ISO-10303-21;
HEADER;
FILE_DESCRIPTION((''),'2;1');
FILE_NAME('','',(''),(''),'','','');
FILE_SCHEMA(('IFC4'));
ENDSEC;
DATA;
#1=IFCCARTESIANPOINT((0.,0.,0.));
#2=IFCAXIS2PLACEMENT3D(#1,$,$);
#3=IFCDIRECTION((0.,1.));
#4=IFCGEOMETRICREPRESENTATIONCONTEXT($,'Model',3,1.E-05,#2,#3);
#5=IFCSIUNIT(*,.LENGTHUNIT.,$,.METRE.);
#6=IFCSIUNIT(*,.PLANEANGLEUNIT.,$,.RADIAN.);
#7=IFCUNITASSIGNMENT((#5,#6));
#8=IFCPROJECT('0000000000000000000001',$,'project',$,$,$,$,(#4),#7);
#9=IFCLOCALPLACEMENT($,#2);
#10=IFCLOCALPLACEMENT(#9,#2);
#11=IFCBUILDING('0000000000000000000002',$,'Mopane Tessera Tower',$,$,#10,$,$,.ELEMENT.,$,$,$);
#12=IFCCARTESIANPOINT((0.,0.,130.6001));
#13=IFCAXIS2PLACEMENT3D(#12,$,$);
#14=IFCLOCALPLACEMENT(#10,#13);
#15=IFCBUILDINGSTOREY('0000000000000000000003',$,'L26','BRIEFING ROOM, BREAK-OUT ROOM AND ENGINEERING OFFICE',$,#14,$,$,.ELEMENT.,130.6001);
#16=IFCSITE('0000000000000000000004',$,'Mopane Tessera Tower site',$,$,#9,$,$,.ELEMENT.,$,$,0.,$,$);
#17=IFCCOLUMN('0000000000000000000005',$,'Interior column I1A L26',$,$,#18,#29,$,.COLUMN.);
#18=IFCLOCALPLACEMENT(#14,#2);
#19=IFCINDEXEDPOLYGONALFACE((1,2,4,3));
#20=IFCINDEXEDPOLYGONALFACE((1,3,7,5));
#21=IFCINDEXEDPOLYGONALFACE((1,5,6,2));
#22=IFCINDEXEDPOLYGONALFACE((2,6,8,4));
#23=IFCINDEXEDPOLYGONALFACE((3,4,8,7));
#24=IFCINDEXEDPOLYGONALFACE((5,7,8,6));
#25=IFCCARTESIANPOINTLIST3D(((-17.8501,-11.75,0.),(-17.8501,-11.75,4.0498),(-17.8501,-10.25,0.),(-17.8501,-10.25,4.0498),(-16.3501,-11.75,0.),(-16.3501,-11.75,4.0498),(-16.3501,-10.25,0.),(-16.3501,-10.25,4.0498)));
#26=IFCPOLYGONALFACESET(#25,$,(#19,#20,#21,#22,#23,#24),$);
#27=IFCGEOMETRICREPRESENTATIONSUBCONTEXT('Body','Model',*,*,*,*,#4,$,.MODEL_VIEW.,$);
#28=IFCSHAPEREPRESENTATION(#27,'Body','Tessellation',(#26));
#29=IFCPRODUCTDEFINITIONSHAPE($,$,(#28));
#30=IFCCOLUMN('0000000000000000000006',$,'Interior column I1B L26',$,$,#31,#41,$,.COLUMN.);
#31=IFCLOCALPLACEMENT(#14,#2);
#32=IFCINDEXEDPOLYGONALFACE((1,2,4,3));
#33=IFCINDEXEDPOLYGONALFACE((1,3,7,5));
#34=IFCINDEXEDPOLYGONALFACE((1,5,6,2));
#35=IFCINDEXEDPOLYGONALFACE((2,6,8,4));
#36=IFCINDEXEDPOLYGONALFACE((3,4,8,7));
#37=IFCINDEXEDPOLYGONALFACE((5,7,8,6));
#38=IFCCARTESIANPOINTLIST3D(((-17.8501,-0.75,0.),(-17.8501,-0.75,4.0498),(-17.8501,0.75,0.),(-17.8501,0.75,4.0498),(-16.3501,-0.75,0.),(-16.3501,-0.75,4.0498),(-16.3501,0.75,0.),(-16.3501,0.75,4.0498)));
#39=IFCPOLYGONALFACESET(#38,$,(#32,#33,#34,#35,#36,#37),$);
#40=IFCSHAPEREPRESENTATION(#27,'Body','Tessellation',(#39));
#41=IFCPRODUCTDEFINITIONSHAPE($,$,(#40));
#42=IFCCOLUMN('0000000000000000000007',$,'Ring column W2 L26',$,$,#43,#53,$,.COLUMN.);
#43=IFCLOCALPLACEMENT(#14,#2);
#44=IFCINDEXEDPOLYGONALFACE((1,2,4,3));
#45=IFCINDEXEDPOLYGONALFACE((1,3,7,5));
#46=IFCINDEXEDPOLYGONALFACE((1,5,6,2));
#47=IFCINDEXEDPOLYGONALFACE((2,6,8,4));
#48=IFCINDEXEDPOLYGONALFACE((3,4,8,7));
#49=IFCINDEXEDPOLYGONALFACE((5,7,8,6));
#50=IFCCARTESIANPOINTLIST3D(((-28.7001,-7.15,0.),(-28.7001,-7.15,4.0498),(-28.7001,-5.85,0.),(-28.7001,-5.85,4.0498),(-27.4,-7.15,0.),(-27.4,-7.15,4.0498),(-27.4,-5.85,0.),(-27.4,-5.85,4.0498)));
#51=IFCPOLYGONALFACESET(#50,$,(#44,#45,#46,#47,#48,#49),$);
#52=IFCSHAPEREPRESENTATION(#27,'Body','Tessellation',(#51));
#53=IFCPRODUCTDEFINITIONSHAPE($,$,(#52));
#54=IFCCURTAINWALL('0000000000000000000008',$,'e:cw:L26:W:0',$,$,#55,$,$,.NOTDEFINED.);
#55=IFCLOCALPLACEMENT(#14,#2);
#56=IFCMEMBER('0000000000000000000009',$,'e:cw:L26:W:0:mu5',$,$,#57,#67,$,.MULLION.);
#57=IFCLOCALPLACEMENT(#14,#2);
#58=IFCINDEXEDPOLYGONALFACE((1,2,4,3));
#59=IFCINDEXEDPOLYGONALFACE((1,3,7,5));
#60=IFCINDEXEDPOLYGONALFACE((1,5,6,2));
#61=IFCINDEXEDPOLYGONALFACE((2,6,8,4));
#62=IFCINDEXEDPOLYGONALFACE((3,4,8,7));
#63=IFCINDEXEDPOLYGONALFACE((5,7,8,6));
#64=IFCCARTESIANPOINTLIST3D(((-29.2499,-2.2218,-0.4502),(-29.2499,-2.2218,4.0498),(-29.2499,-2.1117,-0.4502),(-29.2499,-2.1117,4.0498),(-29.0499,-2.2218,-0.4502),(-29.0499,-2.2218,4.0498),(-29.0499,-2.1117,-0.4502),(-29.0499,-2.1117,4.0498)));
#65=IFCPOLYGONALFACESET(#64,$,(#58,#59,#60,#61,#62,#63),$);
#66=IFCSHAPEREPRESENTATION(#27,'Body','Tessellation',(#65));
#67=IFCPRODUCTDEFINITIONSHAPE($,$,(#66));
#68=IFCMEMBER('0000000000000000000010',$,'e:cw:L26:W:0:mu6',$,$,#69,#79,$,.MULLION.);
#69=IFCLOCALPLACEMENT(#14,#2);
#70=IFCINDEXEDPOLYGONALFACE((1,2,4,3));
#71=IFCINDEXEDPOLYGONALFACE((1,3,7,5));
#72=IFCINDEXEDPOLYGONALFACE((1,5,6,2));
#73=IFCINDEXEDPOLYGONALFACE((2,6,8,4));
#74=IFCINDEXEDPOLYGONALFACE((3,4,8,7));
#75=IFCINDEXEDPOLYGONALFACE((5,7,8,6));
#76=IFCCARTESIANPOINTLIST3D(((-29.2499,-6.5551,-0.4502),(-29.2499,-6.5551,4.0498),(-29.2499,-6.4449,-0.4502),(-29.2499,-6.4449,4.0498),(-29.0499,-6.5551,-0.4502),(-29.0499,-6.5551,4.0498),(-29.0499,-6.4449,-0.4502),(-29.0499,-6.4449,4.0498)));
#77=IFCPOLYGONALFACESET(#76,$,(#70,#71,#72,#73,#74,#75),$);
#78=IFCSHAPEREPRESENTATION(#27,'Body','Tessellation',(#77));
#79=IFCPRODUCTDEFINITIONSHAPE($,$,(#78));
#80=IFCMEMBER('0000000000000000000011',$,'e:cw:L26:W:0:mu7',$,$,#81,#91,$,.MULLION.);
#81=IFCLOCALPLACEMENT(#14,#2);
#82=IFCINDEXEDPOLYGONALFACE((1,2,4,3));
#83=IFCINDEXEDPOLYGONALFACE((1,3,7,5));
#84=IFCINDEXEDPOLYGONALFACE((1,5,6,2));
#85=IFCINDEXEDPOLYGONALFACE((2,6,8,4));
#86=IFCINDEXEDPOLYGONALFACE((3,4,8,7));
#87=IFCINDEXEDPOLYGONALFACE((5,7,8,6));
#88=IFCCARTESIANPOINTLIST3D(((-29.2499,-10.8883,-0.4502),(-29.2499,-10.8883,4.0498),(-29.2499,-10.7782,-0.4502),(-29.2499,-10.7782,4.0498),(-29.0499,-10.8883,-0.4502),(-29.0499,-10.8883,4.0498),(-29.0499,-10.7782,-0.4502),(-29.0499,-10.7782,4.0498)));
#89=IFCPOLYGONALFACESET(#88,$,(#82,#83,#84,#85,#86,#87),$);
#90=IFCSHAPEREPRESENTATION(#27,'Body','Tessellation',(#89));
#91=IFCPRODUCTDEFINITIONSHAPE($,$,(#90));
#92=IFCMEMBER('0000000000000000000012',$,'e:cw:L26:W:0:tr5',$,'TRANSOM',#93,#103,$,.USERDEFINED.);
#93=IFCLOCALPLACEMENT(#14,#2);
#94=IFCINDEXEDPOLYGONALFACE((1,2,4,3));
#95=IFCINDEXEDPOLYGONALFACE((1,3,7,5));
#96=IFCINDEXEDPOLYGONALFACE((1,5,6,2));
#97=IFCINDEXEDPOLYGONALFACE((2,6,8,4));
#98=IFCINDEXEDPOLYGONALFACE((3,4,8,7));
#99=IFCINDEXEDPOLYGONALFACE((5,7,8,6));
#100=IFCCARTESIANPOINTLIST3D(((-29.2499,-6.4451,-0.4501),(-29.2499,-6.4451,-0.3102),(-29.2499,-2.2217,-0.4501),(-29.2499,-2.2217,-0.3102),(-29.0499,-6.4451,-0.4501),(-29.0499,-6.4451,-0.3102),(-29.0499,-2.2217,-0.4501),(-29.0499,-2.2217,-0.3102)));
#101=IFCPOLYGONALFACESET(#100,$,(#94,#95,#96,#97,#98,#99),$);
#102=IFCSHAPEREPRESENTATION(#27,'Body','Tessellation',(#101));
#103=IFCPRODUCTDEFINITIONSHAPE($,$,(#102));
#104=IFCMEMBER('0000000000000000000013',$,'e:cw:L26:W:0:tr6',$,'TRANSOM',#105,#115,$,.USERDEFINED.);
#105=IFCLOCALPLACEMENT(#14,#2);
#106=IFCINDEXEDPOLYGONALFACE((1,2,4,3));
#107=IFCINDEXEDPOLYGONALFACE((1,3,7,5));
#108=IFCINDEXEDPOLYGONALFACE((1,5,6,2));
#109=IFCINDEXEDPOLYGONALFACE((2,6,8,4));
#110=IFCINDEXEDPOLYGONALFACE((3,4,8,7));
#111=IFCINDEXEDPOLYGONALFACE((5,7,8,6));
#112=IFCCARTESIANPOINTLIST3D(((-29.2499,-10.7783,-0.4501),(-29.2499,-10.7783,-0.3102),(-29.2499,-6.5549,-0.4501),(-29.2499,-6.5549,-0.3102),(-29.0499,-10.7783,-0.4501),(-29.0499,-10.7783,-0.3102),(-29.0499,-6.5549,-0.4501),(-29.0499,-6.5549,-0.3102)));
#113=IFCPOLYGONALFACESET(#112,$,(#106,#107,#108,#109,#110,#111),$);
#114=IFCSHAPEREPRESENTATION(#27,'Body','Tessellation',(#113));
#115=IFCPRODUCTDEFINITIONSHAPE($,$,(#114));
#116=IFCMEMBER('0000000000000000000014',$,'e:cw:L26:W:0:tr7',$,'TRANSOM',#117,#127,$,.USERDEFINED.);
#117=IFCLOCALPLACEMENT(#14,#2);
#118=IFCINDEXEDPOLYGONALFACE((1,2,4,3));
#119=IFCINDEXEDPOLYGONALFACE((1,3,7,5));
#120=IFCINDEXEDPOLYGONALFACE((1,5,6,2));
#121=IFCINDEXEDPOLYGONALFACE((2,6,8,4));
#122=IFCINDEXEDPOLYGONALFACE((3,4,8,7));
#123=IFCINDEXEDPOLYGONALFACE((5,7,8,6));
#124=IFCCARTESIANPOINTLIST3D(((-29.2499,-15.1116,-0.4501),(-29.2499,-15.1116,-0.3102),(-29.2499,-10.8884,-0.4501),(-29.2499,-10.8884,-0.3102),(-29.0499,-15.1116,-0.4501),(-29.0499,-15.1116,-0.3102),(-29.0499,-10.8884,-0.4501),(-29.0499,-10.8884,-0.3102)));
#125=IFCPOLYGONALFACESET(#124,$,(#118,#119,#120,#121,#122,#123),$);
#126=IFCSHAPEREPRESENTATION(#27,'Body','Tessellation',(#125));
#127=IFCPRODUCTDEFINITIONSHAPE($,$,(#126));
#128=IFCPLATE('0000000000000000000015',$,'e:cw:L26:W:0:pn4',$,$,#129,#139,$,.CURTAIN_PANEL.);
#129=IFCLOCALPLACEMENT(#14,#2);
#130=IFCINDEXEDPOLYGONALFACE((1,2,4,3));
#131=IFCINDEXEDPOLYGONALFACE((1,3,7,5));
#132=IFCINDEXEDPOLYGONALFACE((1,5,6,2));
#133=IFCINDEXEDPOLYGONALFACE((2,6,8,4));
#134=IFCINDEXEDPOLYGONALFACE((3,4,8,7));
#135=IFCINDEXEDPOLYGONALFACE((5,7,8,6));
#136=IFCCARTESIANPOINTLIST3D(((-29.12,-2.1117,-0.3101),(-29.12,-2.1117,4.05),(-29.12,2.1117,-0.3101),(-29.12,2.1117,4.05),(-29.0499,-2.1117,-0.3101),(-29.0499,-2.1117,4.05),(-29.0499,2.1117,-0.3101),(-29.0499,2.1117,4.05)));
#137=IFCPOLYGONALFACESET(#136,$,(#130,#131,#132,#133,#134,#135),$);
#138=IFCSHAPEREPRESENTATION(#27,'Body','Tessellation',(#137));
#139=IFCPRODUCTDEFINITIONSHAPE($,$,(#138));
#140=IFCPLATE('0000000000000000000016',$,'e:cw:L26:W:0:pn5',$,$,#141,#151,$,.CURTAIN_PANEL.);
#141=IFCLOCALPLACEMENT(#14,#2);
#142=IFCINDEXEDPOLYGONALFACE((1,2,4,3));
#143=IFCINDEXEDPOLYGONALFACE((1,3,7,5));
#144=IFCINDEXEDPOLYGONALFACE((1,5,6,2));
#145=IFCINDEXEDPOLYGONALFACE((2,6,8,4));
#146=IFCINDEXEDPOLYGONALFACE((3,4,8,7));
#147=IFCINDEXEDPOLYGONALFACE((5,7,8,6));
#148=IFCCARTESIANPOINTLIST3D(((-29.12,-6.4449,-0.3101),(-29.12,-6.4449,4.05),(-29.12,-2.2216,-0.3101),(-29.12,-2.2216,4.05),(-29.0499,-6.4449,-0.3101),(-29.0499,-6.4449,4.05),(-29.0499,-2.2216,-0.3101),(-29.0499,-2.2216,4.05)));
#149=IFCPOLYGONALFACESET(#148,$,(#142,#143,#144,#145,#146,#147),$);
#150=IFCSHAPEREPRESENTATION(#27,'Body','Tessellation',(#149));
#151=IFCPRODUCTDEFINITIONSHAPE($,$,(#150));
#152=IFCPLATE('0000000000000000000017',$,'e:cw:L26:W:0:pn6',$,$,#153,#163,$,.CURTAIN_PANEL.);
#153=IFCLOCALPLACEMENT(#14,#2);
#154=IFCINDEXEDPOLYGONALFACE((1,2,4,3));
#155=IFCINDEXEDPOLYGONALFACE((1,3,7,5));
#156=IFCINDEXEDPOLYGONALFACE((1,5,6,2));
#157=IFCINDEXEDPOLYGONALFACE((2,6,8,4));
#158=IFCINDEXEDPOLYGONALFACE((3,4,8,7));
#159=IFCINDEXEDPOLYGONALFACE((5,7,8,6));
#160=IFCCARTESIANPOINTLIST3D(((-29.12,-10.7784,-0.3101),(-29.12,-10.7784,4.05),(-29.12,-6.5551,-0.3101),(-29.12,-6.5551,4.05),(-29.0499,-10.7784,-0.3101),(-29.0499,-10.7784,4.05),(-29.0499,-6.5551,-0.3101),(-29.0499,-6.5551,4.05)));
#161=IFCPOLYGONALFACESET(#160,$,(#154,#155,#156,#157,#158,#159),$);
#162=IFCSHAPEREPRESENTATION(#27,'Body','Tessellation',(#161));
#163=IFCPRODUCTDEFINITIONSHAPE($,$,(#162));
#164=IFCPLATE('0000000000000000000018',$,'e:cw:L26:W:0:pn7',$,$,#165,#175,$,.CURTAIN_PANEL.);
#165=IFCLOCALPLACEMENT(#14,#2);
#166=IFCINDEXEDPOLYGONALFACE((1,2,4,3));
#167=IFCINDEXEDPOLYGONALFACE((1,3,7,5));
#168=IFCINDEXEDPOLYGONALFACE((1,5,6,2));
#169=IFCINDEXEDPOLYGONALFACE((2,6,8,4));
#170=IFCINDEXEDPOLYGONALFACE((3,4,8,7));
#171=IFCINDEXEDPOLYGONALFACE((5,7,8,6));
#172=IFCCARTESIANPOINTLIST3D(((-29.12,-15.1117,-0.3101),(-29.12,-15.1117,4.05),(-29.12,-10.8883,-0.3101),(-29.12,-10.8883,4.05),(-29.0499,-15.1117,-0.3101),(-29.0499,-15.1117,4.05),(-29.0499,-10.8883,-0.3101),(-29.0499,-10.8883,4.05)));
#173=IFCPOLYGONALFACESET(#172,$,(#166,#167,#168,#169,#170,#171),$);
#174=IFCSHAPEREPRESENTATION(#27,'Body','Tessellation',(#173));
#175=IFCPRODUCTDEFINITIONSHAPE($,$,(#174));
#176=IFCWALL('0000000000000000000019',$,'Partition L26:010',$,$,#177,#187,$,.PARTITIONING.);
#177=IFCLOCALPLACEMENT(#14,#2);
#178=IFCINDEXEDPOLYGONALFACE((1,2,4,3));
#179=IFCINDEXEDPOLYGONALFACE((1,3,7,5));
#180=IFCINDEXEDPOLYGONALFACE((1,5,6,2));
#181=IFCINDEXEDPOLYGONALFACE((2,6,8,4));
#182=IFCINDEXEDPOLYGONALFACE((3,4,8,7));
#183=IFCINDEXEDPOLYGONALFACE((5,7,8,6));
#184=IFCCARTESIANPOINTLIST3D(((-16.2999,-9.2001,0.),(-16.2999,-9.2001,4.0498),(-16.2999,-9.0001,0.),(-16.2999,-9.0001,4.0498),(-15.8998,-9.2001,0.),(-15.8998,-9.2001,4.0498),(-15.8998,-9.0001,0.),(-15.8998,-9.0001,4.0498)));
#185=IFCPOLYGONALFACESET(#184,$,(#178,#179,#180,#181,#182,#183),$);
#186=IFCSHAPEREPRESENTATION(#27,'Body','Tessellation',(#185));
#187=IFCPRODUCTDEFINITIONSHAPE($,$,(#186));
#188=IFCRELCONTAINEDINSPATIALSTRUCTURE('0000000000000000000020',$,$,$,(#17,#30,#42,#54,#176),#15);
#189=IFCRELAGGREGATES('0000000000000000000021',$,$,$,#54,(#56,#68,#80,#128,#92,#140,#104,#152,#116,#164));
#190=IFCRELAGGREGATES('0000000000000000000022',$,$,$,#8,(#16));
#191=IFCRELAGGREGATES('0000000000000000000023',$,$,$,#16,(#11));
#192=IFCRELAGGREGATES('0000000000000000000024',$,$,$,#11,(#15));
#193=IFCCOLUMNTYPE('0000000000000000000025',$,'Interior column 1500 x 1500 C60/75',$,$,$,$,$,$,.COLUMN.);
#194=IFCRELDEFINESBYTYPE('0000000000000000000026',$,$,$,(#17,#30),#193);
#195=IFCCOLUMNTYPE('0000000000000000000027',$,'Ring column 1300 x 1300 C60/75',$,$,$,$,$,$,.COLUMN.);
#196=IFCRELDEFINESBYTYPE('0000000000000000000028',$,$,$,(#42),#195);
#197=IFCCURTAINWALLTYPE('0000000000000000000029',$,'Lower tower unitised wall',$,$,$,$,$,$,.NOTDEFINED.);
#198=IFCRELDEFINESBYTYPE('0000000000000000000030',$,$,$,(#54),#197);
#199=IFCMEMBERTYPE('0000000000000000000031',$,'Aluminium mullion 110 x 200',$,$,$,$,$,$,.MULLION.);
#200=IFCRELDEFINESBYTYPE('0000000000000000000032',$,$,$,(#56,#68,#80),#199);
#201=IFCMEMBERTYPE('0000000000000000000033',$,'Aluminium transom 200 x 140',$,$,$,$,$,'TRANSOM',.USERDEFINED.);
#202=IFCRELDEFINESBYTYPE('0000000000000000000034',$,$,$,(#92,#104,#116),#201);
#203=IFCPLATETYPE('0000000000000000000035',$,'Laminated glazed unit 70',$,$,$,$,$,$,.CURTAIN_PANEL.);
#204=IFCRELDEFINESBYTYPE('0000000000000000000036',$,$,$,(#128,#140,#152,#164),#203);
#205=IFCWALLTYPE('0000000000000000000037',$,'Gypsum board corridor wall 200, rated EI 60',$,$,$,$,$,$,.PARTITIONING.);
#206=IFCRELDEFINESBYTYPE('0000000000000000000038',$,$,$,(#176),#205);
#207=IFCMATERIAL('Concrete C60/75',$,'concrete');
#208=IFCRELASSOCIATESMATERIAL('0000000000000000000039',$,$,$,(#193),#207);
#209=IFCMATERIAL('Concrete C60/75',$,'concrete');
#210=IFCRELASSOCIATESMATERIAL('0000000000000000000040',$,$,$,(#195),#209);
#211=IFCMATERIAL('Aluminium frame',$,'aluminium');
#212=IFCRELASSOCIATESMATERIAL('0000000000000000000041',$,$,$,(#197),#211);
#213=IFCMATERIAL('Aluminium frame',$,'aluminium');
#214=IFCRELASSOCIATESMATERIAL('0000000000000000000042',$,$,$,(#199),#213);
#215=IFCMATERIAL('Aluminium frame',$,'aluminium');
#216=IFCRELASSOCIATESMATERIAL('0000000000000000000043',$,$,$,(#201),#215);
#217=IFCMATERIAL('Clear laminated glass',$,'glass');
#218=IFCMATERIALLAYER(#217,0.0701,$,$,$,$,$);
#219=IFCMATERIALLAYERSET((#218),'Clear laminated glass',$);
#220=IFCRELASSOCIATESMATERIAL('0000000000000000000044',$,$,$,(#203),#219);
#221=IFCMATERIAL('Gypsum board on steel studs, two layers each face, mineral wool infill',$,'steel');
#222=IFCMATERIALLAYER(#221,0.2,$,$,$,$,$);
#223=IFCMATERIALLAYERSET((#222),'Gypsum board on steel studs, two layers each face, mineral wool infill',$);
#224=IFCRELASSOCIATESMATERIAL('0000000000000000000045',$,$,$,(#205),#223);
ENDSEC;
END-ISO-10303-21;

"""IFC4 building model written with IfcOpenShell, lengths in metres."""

from ifc_helpers import new_model, si_unit, direction, frame, frame_2d, origin, origin_2d, place, context, subcontext, project, spatial, rectangle, extrude, material, layer, layer_set, material_profile, profile_set, type_object, element, aggregate, save


model = new_model("IFC4")

# Units and contexts
model_context = context("Model", 3, precision=1e-05, world=origin(), true_north=direction((0.0, 1.0)))
body_context = subcontext(model_context, "Body", "Model", "MODEL_VIEW")
ifc_project = project(units=[si_unit("LENGTHUNIT", "METRE"), si_unit("PLANEANGLEUNIT", "RADIAN")], contexts=[model_context])

# Site, building, storey
site_placement = place(None, origin())
site = spatial("IfcSite", under=ifc_project, at=site_placement, Name="Mopane Tessera Tower site", CompositionType="ELEMENT", RefElevation=0.0)
building_placement = place(site_placement, origin())
building = spatial("IfcBuilding", under=site, at=building_placement, Name="Mopane Tessera Tower", CompositionType="ELEMENT")
storey_placement = place(building_placement, frame((0.0, 0.0, 130.6001)))
storey = spatial("IfcBuildingStorey", under=building, at=storey_placement, Name="L26", Description="BRIEFING ROOM, BREAK-OUT ROOM AND ENGINEERING OFFICE", CompositionType="ELEMENT", Elevation=130.6001)

# Columns
ifc_material_1 = material(Name="Concrete C60/75", Category="concrete")
ifc_material_profile_1 = material_profile(ifc_material_1, rectangle(XDim=1.5, YDim=1.5, at=origin_2d()))
ifc_profile_set_1 = profile_set([ifc_material_profile_1], Name="Concrete C60/75")
column_type_1 = type_object("IfcColumnType", Name="Interior column 1500 x 1500 C60/75", PredefinedType="COLUMN", material=ifc_profile_set_1)
for number, where, z_axis, x_axis, name in (
    (1, (-17.1001, -11.0, 0.0), (0.0, 0.0, 1.0), (1.0, 0.0, 0.0), "Interior column I1A L26"),
    (2, (-17.1001, 0.0, 0.0), (0.0, 0.0, 1.0), (1.0, 0.0, 0.0), "Interior column I1B L26"),
):
    element("IfcColumn", number, at=place(storey_placement, frame(where, z_axis=z_axis, x_axis=x_axis)), inside=storey, type_object=column_type_1, Name=name, PredefinedType="COLUMN", context=body_context, shape_type="SweptSolid", body=[
        extrude(rectangle(XDim=1.5, YDim=1.5, at=origin_2d()), origin(), (0.0, 0.0, 1.0), 4.0498),
    ])
ifc_material_2 = material(Name="Concrete C60/75", Category="concrete")
ifc_material_profile_2 = material_profile(ifc_material_2, rectangle(XDim=1.3, YDim=1.3, at=origin_2d()))
ifc_profile_set_2 = profile_set([ifc_material_profile_2], Name="Concrete C60/75")
column_type_2 = type_object("IfcColumnType", Name="Ring column 1300 x 1300 C60/75", PredefinedType="COLUMN", material=ifc_profile_set_2)
column_placement = place(storey_placement, frame((-28.05, -6.5, 0.0), z_axis=(0.0, 0.0, 1.0), x_axis=(1.0, 0.0, 0.0)))
element("IfcColumn", 3, at=column_placement, inside=storey, type_object=column_type_2, Name="Ring column W2 L26", PredefinedType="COLUMN", context=body_context, shape_type="SweptSolid", body=[
    extrude(rectangle(XDim=1.3, YDim=1.3, at=origin_2d()), origin(), (0.0, 0.0, 1.0), 4.0498),
])

# Curtain wall, members, plates
ifc_material_3 = material(Name="Aluminium frame", Category="aluminium")
curtain_wall_type = type_object("IfcCurtainWallType", Name="Lower tower unitised wall", PredefinedType="NOTDEFINED", material=ifc_material_3)
curtain_wall_placement = place(storey_placement, origin())
curtain_wall = element("IfcCurtainWall", 4, at=curtain_wall_placement, inside=storey, type_object=curtain_wall_type, Name="e:cw:L26:W:0", PredefinedType="NOTDEFINED")
ifc_material_4 = material(Name="Aluminium frame", Category="aluminium")
ifc_material_profile_3 = material_profile(ifc_material_4, rectangle(XDim=0.1101, YDim=0.2, at=origin_2d()))
ifc_profile_set_3 = profile_set([ifc_material_profile_3], Name="Aluminium frame")
member_type_1 = type_object("IfcMemberType", Name="Aluminium mullion 110 x 200", PredefinedType="MULLION", material=ifc_profile_set_3)
member_1_placement = place(storey_placement, frame((-29.1499, -2.1667, -0.4502), z_axis=(0.0, 0.0, 1.0), x_axis=(0.0, -1.0, 0.0)))
member_1 = element("IfcMember", 5, at=member_1_placement, type_object=member_type_1, Name="e:cw:L26:W:0:mu5", PredefinedType="MULLION", context=body_context, shape_type="SweptSolid", body=[
    extrude(rectangle(XDim=0.1101, YDim=0.2, at=origin_2d()), origin(), (0.0, 0.0, 1.0), 4.5),
])
member_2_placement = place(storey_placement, frame((-29.1499, -6.5, -0.4502), z_axis=(0.0, 0.0, 1.0), x_axis=(0.0, -1.0, 0.0)))
member_2 = element("IfcMember", 6, at=member_2_placement, type_object=member_type_1, Name="e:cw:L26:W:0:mu6", PredefinedType="MULLION", context=body_context, shape_type="SweptSolid", body=[
    extrude(rectangle(XDim=0.1101, YDim=0.2, at=origin_2d()), origin(), (0.0, 0.0, 1.0), 4.5),
])
member_3_placement = place(storey_placement, frame((-29.1499, -10.8333, -0.4502), z_axis=(0.0, 0.0, 1.0), x_axis=(0.0, -1.0, 0.0)))
member_3 = element("IfcMember", 7, at=member_3_placement, type_object=member_type_1, Name="e:cw:L26:W:0:mu7", PredefinedType="MULLION", context=body_context, shape_type="SweptSolid", body=[
    extrude(rectangle(XDim=0.1101, YDim=0.2, at=origin_2d()), origin(), (0.0, 0.0, 1.0), 4.5),
])
ifc_material_5 = material(Name="Aluminium frame", Category="aluminium")
ifc_material_profile_4 = material_profile(ifc_material_5, rectangle(XDim=0.2, YDim=0.1399, at=origin_2d()))
ifc_profile_set_4 = profile_set([ifc_material_profile_4], Name="Aluminium frame")
member_type_2 = type_object("IfcMemberType", Name="Aluminium transom 200 x 140", ElementType="TRANSOM", PredefinedType="USERDEFINED", material=ifc_profile_set_4)
member_4_placement = place(storey_placement, frame((-29.1499, -2.2217, -0.3801), z_axis=(0.0, -1.0, 0.0), x_axis=(1.0, 0.0, 0.0)))
member_4 = element("IfcMember", 8, at=member_4_placement, type_object=member_type_2, Name="e:cw:L26:W:0:tr5", ObjectType="TRANSOM", PredefinedType="USERDEFINED", context=body_context, shape_type="SweptSolid", body=[
    extrude(rectangle(XDim=0.2, YDim=0.1399, at=origin_2d()), origin(), (0.0, 0.0, 1.0), 4.2234),
])
member_5_placement = place(storey_placement, frame((-29.1499, -6.5549, -0.3801), z_axis=(0.0, -1.0, 0.0), x_axis=(1.0, 0.0, 0.0)))
member_5 = element("IfcMember", 9, at=member_5_placement, type_object=member_type_2, Name="e:cw:L26:W:0:tr6", ObjectType="TRANSOM", PredefinedType="USERDEFINED", context=body_context, shape_type="SweptSolid", body=[
    extrude(rectangle(XDim=0.2, YDim=0.1399, at=origin_2d()), origin(), (0.0, 0.0, 1.0), 4.2234),
])
member_6_placement = place(storey_placement, frame((-29.1499, -10.8884, -0.3801), z_axis=(0.0, -1.0, 0.0), x_axis=(1.0, 0.0, 0.0)))
member_6 = element("IfcMember", 10, at=member_6_placement, type_object=member_type_2, Name="e:cw:L26:W:0:tr7", ObjectType="TRANSOM", PredefinedType="USERDEFINED", context=body_context, shape_type="SweptSolid", body=[
    extrude(rectangle(XDim=0.2, YDim=0.1399, at=origin_2d()), origin(), (0.0, 0.0, 1.0), 4.2231),
])
ifc_material_6 = material(Name="Clear laminated glass", Category="glass")
ifc_layer_1 = layer(ifc_material_6, 0.0701)
ifc_layer_set_1 = layer_set([ifc_layer_1], Name="Clear laminated glass")
plate_type = type_object("IfcPlateType", Name="Laminated glazed unit 70", PredefinedType="CURTAIN_PANEL", material=ifc_layer_set_1)
plate_1_placement = place(storey_placement, frame((-29.085, 0.0, -0.3101), z_axis=(0.0, 0.0, 1.0), x_axis=(0.0, -1.0, 0.0)))
plate_1 = element("IfcPlate", 11, at=plate_1_placement, type_object=plate_type, Name="e:cw:L26:W:0:pn4", PredefinedType="CURTAIN_PANEL", context=body_context, shape_type="SweptSolid", body=[
    extrude(rectangle(XDim=4.2234, YDim=0.0701, at=origin_2d()), origin(), (0.0, 0.0, 1.0), 4.3601),
])
plate_2_placement = place(storey_placement, frame((-29.085, -4.3333, -0.3101), z_axis=(0.0, 0.0, 1.0), x_axis=(0.0, -1.0, 0.0)))
plate_2 = element("IfcPlate", 12, at=plate_2_placement, type_object=plate_type, Name="e:cw:L26:W:0:pn5", PredefinedType="CURTAIN_PANEL", context=body_context, shape_type="SweptSolid", body=[
    extrude(rectangle(XDim=4.2234, YDim=0.0701, at=origin_2d()), origin(), (0.0, 0.0, 1.0), 4.3601),
])
plate_3_placement = place(storey_placement, frame((-29.085, -8.6667, -0.3101), z_axis=(0.0, 0.0, 1.0), x_axis=(0.0, -1.0, 0.0)))
plate_3 = element("IfcPlate", 13, at=plate_3_placement, type_object=plate_type, Name="e:cw:L26:W:0:pn6", PredefinedType="CURTAIN_PANEL", context=body_context, shape_type="SweptSolid", body=[
    extrude(rectangle(XDim=4.2234, YDim=0.0701, at=origin_2d()), origin(), (0.0, 0.0, 1.0), 4.3601),
])
plate_4_placement = place(storey_placement, frame((-29.085, -13.0, -0.3101), z_axis=(0.0, 0.0, 1.0), x_axis=(0.0, -1.0, 0.0)))
plate_4 = element("IfcPlate", 14, at=plate_4_placement, type_object=plate_type, Name="e:cw:L26:W:0:pn7", PredefinedType="CURTAIN_PANEL", context=body_context, shape_type="SweptSolid", body=[
    extrude(rectangle(XDim=4.2234, YDim=0.0701, at=origin_2d()), origin(), (0.0, 0.0, 1.0), 4.3601),
])
aggregate(curtain_wall, [member_1, member_2, member_3, plate_1, member_4, plate_2, member_5, plate_3, member_6, plate_4])

# Wall
ifc_material_7 = material(Name="Gypsum board on steel studs, two layers each face, mineral wool infill", Category="steel")
ifc_layer_2 = layer(ifc_material_7, 0.2)
ifc_layer_set_2 = layer_set([ifc_layer_2], Name="Gypsum board on steel studs, two layers each face, mineral wool infill")
wall_type_1 = type_object("IfcWallType", Name="Gypsum board corridor wall 200, rated EI 60", PredefinedType="PARTITIONING", material=ifc_layer_set_2)
wall_1_placement = place(storey_placement, frame((-16.3, -9.1001, 0.0), z_axis=(0.0, 0.0, 1.0), x_axis=(1.0, 0.0, 0.0)))
element("IfcWall", 15, at=wall_1_placement, inside=storey, type_object=wall_type_1, Name="Partition L26:010", PredefinedType="PARTITIONING", context=body_context, shape_type="SweptSolid", body=[
    extrude(rectangle(XDim=0.4001, YDim=0.2, at=frame_2d((0.2002, 0.0))), origin(), (0.0, 0.0, 1.0), 4.0498),
])

save(model, "model.ifc")
